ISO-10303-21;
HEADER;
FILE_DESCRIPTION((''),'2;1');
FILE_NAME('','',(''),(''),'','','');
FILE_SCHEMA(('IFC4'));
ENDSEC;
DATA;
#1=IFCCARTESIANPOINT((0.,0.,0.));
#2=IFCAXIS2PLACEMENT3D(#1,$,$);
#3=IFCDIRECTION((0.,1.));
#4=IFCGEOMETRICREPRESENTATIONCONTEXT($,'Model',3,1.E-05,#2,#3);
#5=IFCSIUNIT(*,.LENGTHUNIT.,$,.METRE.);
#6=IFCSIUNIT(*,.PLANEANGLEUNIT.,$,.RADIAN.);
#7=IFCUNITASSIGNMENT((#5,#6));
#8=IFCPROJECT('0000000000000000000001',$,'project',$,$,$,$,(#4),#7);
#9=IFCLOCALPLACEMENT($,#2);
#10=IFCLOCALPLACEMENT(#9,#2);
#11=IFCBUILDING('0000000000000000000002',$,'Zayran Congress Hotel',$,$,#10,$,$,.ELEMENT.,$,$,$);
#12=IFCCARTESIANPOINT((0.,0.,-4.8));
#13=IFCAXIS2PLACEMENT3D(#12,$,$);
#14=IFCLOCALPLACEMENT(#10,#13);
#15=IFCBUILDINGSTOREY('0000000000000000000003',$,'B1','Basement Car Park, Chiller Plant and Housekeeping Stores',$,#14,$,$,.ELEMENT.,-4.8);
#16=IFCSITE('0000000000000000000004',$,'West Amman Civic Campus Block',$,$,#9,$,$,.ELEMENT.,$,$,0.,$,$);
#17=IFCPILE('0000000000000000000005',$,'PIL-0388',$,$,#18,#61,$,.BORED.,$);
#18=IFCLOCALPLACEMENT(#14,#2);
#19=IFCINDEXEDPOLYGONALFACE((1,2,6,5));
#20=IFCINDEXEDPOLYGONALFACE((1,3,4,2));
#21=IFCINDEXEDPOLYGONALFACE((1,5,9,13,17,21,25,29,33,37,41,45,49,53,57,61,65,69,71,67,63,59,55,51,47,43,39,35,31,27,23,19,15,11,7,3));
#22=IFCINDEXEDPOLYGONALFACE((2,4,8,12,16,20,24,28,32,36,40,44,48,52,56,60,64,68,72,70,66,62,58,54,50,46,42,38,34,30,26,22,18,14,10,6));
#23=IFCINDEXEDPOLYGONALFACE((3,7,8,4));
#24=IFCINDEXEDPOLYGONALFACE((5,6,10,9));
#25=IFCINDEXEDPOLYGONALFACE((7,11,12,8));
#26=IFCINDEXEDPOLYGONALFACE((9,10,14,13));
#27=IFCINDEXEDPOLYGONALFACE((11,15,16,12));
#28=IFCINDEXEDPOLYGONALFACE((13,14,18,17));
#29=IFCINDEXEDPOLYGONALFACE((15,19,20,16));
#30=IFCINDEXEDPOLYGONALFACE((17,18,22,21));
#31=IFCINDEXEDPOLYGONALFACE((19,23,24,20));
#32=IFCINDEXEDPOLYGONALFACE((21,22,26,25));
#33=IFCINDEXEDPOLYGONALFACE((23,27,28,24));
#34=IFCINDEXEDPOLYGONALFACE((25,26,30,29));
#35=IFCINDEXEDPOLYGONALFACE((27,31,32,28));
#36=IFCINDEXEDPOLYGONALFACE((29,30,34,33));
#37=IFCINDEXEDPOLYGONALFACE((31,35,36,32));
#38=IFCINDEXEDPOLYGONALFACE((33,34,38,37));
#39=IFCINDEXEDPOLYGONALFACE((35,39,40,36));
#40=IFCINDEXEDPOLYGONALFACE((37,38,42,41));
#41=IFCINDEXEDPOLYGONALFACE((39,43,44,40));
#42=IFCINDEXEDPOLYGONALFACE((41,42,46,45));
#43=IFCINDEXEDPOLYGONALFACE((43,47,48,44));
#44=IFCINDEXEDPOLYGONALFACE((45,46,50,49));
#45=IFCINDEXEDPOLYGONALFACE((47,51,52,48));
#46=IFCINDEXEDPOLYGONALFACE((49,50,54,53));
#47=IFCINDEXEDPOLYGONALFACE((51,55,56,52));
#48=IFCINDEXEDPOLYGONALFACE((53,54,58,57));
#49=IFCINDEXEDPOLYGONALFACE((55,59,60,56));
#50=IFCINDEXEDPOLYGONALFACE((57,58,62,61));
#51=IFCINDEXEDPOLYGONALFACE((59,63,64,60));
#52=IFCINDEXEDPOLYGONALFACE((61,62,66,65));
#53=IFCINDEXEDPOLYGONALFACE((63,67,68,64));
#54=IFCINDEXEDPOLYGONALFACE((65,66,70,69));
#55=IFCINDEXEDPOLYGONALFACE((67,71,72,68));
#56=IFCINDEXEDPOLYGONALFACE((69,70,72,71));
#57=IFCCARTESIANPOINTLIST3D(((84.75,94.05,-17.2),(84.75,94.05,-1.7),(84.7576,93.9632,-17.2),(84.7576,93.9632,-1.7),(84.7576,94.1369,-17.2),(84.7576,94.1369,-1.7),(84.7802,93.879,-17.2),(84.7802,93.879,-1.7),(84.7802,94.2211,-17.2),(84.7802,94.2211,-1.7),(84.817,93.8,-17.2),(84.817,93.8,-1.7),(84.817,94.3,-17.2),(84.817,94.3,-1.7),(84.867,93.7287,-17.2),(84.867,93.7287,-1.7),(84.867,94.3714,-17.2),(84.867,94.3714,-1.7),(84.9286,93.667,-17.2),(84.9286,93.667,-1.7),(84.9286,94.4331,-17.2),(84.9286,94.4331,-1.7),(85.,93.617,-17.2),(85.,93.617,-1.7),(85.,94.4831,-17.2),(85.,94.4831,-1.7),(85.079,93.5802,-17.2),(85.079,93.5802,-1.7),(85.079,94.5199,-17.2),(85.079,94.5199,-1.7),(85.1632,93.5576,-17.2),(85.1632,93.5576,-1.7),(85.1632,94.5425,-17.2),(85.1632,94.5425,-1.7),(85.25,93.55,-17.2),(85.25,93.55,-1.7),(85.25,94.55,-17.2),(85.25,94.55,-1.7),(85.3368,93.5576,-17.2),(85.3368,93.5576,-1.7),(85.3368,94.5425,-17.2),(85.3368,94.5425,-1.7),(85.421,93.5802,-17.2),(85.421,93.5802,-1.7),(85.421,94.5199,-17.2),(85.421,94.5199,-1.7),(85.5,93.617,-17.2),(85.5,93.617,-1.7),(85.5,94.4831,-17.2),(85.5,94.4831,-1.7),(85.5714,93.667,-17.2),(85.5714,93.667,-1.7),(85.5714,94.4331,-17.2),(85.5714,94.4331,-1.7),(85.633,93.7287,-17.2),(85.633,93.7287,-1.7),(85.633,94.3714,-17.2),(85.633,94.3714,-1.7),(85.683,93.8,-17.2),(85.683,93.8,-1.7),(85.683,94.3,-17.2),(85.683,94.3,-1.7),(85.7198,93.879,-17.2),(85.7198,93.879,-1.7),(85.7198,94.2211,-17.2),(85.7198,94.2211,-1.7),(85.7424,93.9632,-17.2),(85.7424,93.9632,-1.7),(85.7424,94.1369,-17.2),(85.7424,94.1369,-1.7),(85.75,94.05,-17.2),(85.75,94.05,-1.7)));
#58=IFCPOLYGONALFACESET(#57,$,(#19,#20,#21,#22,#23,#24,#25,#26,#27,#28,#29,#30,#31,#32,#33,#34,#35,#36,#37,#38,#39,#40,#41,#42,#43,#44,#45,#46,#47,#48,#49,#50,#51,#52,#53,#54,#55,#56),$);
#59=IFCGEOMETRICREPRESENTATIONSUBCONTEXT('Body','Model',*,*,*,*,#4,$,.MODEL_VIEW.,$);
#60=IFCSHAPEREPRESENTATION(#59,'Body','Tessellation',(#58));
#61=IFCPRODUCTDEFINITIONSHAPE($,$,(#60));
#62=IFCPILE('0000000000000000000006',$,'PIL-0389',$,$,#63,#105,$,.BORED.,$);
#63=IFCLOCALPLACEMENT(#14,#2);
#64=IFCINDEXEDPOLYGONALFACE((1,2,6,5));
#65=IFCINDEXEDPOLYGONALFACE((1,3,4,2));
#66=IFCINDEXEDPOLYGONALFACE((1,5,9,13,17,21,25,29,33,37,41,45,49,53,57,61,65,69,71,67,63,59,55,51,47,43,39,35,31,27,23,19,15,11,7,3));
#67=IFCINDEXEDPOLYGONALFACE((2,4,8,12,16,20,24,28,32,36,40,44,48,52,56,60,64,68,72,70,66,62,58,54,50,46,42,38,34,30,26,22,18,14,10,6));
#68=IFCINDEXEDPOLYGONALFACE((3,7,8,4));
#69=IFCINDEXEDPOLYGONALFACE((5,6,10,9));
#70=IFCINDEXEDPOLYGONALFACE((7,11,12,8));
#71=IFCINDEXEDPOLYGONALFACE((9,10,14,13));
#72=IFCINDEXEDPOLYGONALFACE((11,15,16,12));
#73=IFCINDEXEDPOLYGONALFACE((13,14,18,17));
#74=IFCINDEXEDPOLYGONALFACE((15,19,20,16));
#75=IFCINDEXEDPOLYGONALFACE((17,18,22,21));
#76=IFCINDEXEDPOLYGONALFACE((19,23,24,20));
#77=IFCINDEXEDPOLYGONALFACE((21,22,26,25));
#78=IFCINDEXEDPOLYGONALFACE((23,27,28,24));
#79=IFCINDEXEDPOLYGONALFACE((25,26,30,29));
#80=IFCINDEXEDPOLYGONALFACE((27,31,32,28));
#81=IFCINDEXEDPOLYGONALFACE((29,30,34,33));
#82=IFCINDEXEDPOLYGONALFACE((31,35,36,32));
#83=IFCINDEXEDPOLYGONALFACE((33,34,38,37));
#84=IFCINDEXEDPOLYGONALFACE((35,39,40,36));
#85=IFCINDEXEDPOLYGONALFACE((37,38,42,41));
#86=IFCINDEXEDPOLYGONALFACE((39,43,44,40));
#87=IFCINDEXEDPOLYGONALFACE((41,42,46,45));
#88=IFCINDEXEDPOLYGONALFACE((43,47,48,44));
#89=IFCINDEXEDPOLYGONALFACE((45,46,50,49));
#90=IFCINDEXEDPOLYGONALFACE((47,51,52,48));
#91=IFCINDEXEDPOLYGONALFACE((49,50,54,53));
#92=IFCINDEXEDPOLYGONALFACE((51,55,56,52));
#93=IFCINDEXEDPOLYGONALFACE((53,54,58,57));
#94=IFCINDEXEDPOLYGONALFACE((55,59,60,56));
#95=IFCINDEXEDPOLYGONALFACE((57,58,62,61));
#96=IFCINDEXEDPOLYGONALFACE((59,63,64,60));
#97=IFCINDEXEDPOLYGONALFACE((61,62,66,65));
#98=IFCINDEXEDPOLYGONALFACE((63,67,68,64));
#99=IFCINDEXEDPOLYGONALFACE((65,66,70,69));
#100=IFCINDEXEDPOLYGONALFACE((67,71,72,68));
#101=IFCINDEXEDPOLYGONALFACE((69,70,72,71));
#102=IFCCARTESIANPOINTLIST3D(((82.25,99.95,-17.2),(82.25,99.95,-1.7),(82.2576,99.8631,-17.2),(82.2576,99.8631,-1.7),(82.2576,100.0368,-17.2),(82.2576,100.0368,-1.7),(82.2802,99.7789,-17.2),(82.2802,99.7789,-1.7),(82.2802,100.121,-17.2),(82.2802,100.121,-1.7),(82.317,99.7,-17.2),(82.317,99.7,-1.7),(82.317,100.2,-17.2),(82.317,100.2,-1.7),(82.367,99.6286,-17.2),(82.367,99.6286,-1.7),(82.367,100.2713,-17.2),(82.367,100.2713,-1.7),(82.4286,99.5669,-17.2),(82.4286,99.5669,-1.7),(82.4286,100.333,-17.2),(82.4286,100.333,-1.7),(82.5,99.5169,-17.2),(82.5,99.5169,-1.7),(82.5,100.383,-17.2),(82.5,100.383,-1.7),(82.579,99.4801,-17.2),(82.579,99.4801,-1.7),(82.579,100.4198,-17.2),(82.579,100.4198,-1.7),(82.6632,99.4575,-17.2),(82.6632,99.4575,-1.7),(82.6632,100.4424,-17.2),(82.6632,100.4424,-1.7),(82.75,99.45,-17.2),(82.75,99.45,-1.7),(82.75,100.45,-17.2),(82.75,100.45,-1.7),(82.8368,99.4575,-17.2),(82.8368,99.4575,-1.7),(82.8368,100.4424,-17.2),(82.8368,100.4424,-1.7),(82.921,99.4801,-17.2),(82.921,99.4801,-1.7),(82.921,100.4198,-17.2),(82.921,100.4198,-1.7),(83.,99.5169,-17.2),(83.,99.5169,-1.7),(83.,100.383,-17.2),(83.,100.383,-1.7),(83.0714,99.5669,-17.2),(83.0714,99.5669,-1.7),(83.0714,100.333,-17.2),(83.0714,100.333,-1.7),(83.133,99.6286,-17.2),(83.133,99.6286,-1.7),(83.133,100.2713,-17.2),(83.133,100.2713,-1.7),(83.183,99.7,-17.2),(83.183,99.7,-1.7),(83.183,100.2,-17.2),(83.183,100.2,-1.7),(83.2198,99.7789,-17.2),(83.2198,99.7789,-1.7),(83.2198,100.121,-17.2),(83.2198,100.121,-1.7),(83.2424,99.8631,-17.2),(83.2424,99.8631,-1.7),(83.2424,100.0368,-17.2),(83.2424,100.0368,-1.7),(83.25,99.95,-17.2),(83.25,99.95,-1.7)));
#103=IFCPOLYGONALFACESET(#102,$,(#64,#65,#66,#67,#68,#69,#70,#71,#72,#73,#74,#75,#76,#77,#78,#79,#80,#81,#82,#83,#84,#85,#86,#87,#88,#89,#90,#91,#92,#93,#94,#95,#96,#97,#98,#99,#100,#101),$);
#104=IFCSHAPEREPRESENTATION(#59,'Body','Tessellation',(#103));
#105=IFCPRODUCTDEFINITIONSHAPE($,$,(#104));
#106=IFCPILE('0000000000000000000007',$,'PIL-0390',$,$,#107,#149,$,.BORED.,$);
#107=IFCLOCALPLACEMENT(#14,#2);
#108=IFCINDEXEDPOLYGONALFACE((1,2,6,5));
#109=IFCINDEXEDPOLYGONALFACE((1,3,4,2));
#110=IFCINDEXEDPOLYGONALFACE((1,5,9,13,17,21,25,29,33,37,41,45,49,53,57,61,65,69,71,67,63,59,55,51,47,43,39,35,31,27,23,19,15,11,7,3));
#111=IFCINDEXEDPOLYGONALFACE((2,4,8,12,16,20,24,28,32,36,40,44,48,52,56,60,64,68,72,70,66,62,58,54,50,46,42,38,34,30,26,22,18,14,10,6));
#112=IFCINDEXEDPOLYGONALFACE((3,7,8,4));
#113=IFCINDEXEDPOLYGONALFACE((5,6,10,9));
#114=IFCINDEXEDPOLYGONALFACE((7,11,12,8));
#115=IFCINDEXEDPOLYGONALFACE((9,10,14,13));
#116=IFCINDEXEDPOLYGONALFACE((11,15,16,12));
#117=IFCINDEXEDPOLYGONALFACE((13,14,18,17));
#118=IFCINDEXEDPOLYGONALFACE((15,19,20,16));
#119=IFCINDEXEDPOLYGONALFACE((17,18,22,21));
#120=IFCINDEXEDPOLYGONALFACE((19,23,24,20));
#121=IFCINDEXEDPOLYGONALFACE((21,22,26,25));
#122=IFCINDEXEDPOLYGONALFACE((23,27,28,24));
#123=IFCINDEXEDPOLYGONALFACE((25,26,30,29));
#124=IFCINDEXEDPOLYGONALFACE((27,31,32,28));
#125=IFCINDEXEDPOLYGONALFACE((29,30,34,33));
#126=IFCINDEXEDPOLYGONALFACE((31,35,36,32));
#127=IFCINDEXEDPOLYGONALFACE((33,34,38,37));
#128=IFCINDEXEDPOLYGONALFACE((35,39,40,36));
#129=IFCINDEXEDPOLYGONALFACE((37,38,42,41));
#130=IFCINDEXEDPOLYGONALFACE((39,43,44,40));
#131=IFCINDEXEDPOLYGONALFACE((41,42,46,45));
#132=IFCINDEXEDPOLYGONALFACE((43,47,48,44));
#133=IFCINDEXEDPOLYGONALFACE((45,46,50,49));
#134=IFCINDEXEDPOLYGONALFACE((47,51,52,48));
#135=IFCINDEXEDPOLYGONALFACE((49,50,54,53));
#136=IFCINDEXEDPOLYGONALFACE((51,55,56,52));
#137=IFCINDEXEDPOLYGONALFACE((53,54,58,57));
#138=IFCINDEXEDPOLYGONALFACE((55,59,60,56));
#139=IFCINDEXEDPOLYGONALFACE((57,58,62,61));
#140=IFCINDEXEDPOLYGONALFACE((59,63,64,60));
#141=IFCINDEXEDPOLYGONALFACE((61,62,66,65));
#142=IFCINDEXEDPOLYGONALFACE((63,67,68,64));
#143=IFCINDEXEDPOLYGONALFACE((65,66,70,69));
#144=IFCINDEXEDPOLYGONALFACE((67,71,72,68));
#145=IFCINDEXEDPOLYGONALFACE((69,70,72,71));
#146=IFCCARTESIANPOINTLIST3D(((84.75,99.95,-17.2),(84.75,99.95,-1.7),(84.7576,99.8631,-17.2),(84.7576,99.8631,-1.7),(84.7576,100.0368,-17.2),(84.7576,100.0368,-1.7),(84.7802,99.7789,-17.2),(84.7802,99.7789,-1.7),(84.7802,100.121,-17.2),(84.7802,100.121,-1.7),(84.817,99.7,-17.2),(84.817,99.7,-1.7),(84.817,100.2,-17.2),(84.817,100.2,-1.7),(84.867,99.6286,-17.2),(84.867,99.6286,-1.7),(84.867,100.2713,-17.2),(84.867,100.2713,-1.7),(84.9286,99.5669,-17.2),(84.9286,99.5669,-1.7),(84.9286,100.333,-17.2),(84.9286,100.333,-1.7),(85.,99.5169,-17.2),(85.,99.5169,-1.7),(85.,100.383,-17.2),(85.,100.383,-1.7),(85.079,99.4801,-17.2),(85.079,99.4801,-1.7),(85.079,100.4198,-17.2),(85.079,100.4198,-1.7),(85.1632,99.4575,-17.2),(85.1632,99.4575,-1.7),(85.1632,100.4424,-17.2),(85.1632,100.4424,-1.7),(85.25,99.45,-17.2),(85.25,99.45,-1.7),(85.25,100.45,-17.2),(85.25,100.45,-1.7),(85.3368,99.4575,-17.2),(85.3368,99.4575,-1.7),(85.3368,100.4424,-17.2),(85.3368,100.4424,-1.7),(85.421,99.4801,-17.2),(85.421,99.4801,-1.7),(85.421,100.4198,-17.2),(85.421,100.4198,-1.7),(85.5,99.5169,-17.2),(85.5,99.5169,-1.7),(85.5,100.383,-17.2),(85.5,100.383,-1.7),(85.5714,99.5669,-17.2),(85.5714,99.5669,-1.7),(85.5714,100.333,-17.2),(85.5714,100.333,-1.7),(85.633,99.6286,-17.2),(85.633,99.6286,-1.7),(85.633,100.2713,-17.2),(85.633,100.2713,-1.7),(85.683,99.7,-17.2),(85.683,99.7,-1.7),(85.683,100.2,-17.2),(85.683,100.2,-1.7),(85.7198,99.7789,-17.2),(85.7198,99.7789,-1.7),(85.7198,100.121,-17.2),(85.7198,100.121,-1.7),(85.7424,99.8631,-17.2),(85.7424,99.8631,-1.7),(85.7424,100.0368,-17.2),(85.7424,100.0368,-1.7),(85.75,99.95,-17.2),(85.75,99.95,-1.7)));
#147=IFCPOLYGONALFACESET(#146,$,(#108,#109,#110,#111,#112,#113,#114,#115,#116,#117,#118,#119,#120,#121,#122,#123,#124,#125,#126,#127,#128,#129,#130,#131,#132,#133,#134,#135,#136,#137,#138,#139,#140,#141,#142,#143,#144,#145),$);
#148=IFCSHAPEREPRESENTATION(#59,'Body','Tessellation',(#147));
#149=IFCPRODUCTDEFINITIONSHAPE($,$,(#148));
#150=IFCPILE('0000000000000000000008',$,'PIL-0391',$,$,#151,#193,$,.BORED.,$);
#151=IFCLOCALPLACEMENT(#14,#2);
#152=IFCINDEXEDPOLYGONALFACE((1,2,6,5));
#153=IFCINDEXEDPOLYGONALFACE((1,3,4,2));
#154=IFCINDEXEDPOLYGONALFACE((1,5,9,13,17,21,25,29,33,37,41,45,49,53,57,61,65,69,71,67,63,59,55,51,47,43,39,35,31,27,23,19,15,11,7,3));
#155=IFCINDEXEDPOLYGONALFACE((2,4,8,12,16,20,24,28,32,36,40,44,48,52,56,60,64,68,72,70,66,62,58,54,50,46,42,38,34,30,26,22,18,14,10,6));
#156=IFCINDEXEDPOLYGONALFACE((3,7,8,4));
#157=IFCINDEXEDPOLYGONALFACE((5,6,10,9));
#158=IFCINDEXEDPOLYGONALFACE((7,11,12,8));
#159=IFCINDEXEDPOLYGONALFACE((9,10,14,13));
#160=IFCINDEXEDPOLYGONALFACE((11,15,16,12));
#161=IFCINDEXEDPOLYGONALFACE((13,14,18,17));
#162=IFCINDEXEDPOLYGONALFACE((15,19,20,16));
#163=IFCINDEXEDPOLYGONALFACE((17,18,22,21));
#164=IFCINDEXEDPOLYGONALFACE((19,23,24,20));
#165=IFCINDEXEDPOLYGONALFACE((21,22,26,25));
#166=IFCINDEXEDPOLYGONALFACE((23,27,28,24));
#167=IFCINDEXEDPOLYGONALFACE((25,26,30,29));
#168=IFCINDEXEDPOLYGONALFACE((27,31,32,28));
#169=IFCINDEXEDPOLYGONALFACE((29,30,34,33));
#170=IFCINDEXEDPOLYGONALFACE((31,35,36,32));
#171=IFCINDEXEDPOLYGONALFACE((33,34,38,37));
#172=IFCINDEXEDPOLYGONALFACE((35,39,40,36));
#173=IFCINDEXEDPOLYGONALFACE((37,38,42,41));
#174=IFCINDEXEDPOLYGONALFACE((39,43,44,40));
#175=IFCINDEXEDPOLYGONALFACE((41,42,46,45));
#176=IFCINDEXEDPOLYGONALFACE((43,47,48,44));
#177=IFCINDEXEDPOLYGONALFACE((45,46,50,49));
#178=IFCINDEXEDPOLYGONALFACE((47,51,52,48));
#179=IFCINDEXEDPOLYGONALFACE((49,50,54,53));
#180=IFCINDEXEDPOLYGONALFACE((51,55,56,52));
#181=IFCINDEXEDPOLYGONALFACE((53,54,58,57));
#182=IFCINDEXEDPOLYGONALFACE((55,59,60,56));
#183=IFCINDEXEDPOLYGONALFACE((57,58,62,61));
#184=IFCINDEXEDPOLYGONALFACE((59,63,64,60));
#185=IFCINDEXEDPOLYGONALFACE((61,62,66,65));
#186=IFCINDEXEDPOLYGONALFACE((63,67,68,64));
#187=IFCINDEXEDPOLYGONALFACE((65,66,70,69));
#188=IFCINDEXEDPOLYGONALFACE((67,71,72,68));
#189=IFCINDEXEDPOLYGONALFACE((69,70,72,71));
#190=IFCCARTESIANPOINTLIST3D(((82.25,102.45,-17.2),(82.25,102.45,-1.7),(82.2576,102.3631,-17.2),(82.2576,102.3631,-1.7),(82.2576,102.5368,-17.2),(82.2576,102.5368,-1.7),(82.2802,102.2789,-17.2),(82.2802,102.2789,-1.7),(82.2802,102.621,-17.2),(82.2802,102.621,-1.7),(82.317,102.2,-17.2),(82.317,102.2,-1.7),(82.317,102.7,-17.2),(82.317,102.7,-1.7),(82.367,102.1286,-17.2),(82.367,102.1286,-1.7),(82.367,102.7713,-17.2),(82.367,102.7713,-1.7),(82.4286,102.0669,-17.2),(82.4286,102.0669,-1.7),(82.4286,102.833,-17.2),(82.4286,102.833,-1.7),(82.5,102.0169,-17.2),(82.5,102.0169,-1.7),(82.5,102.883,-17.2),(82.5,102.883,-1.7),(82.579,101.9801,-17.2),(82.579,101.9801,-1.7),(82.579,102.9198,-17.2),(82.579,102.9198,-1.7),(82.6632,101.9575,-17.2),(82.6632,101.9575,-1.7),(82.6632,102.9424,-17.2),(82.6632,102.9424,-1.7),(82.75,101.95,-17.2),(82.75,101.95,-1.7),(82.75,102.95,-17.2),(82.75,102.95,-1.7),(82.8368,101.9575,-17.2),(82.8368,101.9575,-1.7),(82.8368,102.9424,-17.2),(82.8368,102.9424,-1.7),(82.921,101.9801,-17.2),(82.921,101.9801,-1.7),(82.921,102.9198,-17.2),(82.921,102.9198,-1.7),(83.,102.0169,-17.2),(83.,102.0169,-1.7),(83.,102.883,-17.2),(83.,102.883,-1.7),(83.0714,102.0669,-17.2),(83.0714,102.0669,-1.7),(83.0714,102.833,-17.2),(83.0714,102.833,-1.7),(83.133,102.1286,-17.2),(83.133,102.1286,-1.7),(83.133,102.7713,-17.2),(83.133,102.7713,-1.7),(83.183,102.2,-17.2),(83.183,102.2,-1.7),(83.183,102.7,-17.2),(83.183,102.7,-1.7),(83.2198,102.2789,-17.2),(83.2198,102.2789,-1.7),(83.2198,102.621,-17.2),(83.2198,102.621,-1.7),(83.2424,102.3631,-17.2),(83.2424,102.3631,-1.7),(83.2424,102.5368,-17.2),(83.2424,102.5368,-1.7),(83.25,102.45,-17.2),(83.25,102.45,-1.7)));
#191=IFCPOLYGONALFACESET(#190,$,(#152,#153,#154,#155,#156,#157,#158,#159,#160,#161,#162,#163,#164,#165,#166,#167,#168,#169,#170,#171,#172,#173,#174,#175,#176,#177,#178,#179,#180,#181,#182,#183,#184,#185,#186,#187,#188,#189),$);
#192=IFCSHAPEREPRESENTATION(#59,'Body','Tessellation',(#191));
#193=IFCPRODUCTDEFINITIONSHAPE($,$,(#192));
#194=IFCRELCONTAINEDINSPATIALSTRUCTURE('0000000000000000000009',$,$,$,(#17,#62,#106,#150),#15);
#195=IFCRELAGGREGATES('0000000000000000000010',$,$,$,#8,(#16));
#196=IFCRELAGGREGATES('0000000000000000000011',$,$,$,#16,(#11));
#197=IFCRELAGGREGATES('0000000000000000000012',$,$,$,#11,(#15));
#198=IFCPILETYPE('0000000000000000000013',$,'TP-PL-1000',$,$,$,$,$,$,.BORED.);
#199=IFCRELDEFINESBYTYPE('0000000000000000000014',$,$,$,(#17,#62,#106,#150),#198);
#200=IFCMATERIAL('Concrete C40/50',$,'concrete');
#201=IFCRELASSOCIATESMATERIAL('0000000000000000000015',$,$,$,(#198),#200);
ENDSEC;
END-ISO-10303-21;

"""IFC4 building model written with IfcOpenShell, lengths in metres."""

from ifc_helpers import new_model, si_unit, direction, frame, origin, origin_2d, place, context, subcontext, project, spatial, circle, extrude, material, material_profile, profile_set, type_object, element, save


model = new_model("IFC4")

# Units and contexts
model_context = context("Model", 3, precision=1e-05, world=origin(), true_north=direction((0.0, 1.0)))
body_context = subcontext(model_context, "Body", "Model", "MODEL_VIEW")
ifc_project = project(units=[si_unit("LENGTHUNIT", "METRE"), si_unit("PLANEANGLEUNIT", "RADIAN")], contexts=[model_context])

# Site, building, storey
site_placement = place(None, origin())
site = spatial("IfcSite", under=ifc_project, at=site_placement, Name="West Amman Civic Campus Block", CompositionType="ELEMENT", RefElevation=0.0)
building_placement = place(site_placement, origin())
building = spatial("IfcBuilding", under=site, at=building_placement, Name="Zayran Congress Hotel", CompositionType="ELEMENT")
storey_placement = place(building_placement, frame((0.0, 0.0, -4.8)))
storey = spatial("IfcBuildingStorey", under=building, at=storey_placement, Name="B1", Description="Basement Car Park, Chiller Plant and Housekeeping Stores", CompositionType="ELEMENT", Elevation=-4.8)

# Piles
ifc_material_1 = material(Name="Concrete C40/50", Category="concrete")
ifc_material_profile_1 = material_profile(ifc_material_1, circle(Radius=0.5, at=origin_2d()), Name="PILE D1000")
ifc_profile_set_1 = profile_set([ifc_material_profile_1], Name="Concrete C40/50")
pile_type = type_object("IfcPileType", Name="TP-PL-1000", PredefinedType="BORED", material=ifc_profile_set_1)
for number, where, z_axis, x_axis, name in (
    (1, (85.25, 94.05, -1.7), (0.0, 0.0, -1.0), (1.0, 0.0, 0.0), "PIL-0388"),
    (2, (82.75, 99.95, -1.7), (0.0, 0.0, -1.0), (1.0, 0.0, 0.0), "PIL-0389"),
    (3, (85.25, 99.95, -1.7), (0.0, 0.0, -1.0), (1.0, 0.0, 0.0), "PIL-0390"),
    (4, (82.75, 102.45, -1.7), (0.0, 0.0, -1.0), (1.0, 0.0, 0.0), "PIL-0391"),
):
    element("IfcPile", number, at=place(storey_placement, frame(where, z_axis=z_axis, x_axis=x_axis)), inside=storey, type_object=pile_type, Name=name, PredefinedType="BORED", context=body_context, shape_type="SweptSolid", body=[
        extrude(circle(Radius=0.5, at=origin_2d()), origin(), (0.0, 0.0, 1.0), 15.5),
    ])

save(model, "model.ifc")
